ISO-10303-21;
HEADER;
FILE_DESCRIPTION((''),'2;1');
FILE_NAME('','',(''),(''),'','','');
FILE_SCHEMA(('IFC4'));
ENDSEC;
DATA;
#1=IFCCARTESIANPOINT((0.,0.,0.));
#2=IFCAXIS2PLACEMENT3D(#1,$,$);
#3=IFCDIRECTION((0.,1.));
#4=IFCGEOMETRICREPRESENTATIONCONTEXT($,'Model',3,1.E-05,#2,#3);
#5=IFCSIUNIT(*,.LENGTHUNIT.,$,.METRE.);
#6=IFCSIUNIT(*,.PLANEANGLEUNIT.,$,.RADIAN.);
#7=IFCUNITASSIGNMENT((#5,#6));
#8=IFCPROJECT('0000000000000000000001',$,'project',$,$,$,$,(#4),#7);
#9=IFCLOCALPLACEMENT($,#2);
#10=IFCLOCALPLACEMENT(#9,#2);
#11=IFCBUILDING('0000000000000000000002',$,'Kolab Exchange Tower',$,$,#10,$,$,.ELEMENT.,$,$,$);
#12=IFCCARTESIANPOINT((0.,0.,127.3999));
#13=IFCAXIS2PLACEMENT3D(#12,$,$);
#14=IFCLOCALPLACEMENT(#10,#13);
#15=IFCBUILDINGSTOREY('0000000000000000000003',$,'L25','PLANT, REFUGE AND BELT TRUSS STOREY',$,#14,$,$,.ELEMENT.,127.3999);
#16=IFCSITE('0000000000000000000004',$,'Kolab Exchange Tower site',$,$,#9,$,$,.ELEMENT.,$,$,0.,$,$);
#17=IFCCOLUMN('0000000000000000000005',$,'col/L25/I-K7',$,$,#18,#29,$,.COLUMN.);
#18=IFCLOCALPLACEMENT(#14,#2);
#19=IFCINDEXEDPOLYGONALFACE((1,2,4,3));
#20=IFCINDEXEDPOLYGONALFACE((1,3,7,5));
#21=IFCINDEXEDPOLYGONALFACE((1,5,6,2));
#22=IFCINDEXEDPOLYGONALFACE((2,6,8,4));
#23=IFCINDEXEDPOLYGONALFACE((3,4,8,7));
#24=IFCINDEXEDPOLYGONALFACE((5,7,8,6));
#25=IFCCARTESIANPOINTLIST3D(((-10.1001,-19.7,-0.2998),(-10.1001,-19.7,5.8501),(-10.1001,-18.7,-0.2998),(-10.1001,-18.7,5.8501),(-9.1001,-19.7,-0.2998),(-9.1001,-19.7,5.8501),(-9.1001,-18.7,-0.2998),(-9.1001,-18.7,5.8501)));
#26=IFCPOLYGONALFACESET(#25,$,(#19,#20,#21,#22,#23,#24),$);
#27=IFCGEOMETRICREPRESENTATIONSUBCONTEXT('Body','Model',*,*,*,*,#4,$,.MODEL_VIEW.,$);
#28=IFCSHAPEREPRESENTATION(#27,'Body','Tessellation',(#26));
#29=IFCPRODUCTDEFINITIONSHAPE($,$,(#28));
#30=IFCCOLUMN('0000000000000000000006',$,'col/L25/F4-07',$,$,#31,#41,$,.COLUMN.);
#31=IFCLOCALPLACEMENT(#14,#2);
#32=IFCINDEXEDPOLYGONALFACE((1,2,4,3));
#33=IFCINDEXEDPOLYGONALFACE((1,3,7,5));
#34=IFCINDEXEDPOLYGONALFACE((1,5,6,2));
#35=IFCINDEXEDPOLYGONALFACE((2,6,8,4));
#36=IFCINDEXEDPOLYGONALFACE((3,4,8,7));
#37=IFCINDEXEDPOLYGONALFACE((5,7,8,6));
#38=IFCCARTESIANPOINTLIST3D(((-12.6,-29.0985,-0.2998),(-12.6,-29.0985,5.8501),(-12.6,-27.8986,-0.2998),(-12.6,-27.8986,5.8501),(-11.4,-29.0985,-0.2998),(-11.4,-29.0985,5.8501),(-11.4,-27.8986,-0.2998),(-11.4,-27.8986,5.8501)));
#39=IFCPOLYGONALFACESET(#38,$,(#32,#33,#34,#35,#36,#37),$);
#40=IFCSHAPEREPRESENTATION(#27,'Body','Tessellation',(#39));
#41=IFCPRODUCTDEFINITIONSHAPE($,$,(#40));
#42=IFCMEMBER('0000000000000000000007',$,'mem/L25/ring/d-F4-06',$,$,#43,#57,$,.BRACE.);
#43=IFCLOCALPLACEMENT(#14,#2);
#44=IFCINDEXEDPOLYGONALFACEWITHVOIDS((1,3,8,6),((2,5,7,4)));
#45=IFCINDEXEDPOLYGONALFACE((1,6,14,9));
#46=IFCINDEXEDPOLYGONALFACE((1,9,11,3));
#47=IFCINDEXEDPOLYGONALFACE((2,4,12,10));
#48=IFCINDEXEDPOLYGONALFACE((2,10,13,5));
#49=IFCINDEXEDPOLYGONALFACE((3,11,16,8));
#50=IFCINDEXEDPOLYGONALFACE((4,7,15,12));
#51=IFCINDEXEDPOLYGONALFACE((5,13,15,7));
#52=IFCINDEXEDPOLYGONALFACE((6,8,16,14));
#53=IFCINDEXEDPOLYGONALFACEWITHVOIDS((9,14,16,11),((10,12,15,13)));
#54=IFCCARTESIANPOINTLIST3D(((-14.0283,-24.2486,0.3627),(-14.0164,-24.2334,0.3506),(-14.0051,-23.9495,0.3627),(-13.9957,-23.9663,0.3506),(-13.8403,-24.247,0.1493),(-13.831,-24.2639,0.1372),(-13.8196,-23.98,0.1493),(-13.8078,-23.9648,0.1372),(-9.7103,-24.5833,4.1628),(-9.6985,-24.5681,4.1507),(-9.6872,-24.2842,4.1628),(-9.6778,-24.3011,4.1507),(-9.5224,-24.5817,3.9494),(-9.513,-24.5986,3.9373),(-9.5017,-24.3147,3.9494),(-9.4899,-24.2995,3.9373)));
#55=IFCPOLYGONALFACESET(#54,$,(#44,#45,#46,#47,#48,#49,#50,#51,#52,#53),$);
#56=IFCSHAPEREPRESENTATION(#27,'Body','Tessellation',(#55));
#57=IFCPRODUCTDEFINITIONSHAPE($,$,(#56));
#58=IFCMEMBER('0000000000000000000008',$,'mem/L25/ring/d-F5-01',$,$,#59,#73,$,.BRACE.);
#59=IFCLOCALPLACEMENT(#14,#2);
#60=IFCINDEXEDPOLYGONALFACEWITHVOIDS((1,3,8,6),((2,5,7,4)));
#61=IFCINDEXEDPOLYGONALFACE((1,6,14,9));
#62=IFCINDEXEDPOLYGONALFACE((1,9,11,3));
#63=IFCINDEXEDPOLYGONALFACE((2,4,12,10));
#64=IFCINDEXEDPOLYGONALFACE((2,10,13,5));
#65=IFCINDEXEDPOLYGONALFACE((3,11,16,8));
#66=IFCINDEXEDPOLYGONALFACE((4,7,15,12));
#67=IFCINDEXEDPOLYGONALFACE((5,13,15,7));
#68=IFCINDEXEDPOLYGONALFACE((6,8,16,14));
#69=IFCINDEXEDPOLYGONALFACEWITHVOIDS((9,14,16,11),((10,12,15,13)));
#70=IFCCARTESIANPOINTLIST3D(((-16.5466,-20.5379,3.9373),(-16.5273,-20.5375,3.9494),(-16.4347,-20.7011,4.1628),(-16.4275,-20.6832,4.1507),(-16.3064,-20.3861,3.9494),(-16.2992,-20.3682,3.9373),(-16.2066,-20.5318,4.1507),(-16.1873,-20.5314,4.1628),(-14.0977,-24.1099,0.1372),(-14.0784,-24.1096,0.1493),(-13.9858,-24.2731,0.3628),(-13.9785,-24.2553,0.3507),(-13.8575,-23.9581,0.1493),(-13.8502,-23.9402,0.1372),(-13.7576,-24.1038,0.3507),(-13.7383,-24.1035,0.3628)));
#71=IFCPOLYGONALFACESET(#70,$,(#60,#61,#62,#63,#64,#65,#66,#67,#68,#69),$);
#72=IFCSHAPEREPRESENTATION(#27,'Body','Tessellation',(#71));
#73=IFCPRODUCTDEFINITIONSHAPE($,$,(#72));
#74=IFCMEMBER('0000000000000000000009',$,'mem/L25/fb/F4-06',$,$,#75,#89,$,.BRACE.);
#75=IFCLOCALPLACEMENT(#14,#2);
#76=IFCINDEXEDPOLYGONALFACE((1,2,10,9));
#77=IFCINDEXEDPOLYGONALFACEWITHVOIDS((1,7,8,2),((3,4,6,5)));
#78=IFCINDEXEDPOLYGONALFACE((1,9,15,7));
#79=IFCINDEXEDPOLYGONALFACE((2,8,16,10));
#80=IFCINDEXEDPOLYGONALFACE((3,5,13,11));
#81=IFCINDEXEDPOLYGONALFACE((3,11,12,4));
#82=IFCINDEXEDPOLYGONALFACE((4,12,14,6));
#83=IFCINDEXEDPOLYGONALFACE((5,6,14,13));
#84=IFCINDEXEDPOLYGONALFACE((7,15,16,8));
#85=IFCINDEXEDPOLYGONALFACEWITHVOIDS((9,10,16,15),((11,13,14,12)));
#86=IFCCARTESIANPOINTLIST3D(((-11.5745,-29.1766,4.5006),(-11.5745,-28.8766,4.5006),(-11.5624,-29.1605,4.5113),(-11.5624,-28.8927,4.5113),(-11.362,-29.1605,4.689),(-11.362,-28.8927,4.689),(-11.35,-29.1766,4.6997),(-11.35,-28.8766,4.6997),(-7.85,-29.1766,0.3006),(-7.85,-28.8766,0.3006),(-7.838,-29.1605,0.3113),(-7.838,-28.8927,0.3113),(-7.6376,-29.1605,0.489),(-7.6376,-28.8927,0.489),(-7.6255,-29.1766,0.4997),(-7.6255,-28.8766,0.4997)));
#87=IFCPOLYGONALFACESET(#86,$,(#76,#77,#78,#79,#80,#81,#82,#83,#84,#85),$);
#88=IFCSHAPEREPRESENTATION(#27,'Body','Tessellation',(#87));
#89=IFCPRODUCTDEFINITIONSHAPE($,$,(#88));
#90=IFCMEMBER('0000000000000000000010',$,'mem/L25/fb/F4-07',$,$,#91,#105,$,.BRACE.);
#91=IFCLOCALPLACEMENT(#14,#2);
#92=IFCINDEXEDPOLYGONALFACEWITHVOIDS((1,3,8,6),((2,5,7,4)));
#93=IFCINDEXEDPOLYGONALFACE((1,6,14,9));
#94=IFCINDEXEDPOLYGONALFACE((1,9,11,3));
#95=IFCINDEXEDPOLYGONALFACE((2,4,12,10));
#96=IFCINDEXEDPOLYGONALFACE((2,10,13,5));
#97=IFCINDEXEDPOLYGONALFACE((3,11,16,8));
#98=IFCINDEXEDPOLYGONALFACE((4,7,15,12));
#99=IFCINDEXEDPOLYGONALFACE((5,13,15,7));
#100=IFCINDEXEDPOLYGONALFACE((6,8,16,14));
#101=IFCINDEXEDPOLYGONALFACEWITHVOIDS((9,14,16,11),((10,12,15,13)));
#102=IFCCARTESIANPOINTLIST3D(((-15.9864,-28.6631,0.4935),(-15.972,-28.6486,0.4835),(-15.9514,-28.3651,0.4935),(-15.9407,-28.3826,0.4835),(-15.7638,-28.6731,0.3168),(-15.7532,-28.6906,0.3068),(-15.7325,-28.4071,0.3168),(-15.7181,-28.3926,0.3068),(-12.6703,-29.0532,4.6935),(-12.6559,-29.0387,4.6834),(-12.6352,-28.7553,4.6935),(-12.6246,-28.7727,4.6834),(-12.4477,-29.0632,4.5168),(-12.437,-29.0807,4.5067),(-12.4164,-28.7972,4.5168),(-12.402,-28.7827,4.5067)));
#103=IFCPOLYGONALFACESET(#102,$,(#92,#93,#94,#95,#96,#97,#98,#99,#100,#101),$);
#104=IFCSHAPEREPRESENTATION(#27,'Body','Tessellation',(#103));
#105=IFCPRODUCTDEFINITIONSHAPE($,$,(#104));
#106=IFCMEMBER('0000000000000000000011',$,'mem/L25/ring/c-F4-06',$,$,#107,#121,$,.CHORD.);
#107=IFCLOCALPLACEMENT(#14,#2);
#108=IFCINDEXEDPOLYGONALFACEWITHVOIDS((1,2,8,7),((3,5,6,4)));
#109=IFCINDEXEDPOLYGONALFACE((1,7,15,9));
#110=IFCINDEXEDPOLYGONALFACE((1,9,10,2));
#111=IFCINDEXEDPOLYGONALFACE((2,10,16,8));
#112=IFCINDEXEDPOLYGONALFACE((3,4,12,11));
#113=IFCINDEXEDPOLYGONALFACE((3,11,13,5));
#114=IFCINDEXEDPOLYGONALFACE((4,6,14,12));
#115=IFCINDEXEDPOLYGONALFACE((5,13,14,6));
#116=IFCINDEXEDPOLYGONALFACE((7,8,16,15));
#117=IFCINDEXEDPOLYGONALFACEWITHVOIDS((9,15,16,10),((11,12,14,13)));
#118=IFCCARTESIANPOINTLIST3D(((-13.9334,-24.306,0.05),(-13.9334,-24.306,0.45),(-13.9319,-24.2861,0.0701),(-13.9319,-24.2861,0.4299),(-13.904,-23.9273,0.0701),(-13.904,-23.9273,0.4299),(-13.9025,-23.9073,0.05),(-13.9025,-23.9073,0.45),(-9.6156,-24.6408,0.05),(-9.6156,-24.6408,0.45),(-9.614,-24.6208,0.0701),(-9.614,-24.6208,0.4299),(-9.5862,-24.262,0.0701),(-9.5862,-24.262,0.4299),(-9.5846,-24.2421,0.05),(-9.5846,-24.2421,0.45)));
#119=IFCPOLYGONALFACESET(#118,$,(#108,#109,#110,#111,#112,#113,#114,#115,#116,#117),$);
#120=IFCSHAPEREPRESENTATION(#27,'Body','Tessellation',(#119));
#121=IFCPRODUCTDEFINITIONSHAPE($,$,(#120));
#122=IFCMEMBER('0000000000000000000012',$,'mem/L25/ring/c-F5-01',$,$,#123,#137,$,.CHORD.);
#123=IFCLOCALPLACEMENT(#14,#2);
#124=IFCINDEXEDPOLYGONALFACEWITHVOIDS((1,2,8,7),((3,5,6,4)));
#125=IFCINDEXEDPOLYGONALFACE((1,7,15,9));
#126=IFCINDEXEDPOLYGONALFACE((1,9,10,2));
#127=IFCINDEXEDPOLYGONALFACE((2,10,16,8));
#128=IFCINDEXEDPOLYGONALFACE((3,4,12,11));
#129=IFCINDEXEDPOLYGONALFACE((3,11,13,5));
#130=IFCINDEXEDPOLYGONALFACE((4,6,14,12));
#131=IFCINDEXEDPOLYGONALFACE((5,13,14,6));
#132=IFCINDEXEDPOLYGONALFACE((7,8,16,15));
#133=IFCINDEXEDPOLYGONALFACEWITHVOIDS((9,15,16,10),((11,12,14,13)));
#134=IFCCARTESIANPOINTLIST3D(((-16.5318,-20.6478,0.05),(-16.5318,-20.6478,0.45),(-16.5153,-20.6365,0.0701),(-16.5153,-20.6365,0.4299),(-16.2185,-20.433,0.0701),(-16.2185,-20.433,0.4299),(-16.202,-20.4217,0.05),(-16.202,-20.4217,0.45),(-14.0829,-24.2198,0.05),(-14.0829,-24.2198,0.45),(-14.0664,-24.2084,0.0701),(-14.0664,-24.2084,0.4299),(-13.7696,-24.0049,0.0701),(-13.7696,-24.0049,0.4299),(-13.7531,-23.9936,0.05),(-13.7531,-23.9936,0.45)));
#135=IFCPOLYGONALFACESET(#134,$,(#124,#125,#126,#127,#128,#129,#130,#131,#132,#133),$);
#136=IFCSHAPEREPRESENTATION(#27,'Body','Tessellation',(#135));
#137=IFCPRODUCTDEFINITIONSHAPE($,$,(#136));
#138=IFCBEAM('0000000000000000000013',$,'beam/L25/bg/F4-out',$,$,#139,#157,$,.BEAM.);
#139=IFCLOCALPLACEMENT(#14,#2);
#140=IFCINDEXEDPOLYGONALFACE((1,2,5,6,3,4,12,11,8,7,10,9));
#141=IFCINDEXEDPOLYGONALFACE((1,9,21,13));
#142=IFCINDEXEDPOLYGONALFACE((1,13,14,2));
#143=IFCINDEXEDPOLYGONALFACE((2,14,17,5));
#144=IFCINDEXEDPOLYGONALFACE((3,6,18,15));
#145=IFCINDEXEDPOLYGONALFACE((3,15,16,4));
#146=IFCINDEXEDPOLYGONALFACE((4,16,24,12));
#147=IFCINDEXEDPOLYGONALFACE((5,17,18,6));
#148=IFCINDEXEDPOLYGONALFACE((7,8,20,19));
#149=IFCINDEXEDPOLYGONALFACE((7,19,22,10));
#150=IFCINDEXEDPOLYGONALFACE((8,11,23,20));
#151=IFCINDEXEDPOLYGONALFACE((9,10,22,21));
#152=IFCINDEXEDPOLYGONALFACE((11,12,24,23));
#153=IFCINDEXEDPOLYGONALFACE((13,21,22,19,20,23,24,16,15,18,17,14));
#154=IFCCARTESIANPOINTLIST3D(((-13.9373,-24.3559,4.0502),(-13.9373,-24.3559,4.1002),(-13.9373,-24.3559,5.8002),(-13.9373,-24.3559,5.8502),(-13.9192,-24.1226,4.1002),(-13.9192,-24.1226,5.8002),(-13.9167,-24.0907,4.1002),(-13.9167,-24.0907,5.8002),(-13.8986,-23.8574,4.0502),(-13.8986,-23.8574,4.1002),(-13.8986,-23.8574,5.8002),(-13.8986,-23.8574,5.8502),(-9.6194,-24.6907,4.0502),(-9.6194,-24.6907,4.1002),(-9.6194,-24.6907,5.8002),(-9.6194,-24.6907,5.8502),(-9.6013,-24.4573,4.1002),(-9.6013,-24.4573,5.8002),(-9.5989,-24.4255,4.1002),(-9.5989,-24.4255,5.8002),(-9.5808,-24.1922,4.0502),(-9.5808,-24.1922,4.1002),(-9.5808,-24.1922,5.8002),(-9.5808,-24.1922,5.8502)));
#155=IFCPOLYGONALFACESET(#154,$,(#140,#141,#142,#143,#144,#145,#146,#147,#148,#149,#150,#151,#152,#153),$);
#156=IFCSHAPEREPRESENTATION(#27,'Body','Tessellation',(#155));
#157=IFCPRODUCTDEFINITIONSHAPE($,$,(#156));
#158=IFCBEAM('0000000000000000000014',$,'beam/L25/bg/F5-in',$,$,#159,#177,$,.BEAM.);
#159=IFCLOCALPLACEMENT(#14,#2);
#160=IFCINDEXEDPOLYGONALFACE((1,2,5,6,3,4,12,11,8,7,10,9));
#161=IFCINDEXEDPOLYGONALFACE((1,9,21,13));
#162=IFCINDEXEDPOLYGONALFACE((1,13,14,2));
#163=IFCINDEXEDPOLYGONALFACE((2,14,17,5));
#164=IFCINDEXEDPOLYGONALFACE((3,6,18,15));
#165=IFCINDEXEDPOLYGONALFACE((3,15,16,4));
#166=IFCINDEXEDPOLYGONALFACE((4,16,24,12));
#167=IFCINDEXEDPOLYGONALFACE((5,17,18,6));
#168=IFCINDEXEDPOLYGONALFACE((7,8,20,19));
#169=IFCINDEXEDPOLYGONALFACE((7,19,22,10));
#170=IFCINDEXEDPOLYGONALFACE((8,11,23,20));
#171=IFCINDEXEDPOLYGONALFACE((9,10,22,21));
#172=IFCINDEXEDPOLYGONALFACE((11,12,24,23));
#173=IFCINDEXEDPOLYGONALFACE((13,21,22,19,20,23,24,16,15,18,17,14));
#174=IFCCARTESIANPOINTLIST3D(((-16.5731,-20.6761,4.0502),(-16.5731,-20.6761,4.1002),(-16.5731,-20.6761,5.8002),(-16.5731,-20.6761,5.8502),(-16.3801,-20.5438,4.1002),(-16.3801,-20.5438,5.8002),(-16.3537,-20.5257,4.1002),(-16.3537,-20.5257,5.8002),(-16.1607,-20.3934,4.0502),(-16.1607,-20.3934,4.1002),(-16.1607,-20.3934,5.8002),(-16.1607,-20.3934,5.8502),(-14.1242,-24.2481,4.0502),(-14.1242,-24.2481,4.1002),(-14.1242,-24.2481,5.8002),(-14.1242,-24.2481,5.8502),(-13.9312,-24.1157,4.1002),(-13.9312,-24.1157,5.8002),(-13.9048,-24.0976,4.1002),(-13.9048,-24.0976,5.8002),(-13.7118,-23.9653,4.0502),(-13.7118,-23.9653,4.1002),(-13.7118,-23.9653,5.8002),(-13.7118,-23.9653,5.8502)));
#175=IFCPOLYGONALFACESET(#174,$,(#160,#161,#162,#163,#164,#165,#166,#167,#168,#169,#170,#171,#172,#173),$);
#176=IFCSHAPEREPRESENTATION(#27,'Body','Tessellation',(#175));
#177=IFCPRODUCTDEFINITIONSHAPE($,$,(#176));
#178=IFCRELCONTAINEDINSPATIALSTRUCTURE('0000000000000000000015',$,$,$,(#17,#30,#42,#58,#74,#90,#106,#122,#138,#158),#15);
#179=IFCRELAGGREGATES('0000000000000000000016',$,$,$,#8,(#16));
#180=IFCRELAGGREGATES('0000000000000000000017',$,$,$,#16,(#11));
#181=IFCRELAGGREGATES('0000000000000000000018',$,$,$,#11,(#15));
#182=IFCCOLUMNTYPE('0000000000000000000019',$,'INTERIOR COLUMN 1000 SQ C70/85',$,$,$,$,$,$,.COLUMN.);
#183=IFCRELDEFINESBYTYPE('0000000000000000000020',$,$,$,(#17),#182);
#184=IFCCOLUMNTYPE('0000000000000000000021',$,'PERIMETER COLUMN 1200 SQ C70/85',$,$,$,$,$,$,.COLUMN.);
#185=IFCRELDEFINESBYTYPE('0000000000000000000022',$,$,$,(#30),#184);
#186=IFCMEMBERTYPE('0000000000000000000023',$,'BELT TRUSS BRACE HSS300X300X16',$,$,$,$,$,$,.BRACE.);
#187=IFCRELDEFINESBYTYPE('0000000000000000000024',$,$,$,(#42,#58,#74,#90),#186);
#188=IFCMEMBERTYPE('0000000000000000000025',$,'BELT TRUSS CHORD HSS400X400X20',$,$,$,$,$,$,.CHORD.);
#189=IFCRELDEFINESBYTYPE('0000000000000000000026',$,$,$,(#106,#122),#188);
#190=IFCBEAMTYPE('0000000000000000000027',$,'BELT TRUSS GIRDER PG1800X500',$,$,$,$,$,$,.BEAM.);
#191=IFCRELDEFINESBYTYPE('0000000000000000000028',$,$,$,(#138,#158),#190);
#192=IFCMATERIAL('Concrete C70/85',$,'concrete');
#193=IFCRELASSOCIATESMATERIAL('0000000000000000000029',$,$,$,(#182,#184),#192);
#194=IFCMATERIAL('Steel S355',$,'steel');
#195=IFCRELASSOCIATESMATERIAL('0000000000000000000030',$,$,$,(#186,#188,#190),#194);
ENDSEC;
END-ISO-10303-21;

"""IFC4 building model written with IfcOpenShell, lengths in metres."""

from ifc_helpers import new_model, si_unit, direction, frame, origin, origin_2d, place, context, subcontext, project, spatial, rectangle, hollow_rectangle, i_section, extrude, material, material_profile, profile_set, type_object, element, save


model = new_model("IFC4")

# Units and contexts
model_context = context("Model", 3, precision=1e-05, world=origin(), true_north=direction((0.0, 1.0)))
body_context = subcontext(model_context, "Body", "Model", "MODEL_VIEW")
ifc_project = project(units=[si_unit("LENGTHUNIT", "METRE"), si_unit("PLANEANGLEUNIT", "RADIAN")], contexts=[model_context])

# Site, building, storey
site_placement = place(None, origin())
site = spatial("IfcSite", under=ifc_project, at=site_placement, Name="Kolab Exchange Tower site", CompositionType="ELEMENT", RefElevation=0.0)
building_placement = place(site_placement, origin())
building = spatial("IfcBuilding", under=site, at=building_placement, Name="Kolab Exchange Tower", CompositionType="ELEMENT")
storey_placement = place(building_placement, frame((0.0, 0.0, 127.3999)))
storey = spatial("IfcBuildingStorey", under=building, at=storey_placement, Name="L25", Description="PLANT, REFUGE AND BELT TRUSS STOREY", CompositionType="ELEMENT", Elevation=127.3999)

# Columns
ifc_material_1 = material(Name="Concrete C70/85", Category="concrete")
ifc_material_profile_1 = material_profile(ifc_material_1, rectangle(XDim=1.0, YDim=1.0, at=origin_2d()), Name="RC1000")
ifc_profile_set_1 = profile_set([ifc_material_profile_1], Name="Concrete C70/85")
column_type_1 = type_object("IfcColumnType", Name="INTERIOR COLUMN 1000 SQ C70/85", PredefinedType="COLUMN", material=ifc_profile_set_1)
column_1_placement = place(storey_placement, frame((-9.6001, -19.2, -0.2998), z_axis=(0.0, 0.0, 1.0), x_axis=(1.0, 0.0, 0.0)))
element("IfcColumn", 1, at=column_1_placement, inside=storey, type_object=column_type_1, Name="col/L25/I-K7", PredefinedType="COLUMN", context=body_context, shape_type="SweptSolid", body=[
    extrude(rectangle(XDim=1.0, YDim=1.0, at=origin_2d()), origin(), (0.0, 0.0, 1.0), 6.1499),
])
ifc_material_profile_2 = material_profile(ifc_material_1, rectangle(XDim=1.2, YDim=1.2, at=origin_2d()), Name="RC1200")
ifc_profile_set_2 = profile_set([ifc_material_profile_2], Name="Concrete C70/85")
column_type_2 = type_object("IfcColumnType", Name="PERIMETER COLUMN 1200 SQ C70/85", PredefinedType="COLUMN", material=ifc_profile_set_2)
column_2_placement = place(storey_placement, frame((-12.0, -28.4985, -0.2998), z_axis=(0.0, 0.0, 1.0), x_axis=(1.0, 0.0, 0.0)))
element("IfcColumn", 2, at=column_2_placement, inside=storey, type_object=column_type_2, Name="col/L25/F4-07", PredefinedType="COLUMN", context=body_context, shape_type="SweptSolid", body=[
    extrude(rectangle(XDim=1.2, YDim=1.2, at=origin_2d()), origin(), (0.0, 0.0, 1.0), 6.1499),
])

# Members
ifc_material_2 = material(Name="Steel S355", Category="steel")
ifc_material_profile_3 = material_profile(ifc_material_2, hollow_rectangle(XDim=0.3, YDim=0.3, WallThickness=0.0161, at=origin_2d()), Name="HSS300X300X16")
ifc_profile_set_3 = profile_set([ifc_material_profile_3], Name="Steel S355")
member_type_1 = type_object("IfcMemberType", Name="BELT TRUSS BRACE HSS300X300X16", PredefinedType="BRACE", material=ifc_profile_set_3)
for number, where, z_axis, x_axis, name in (
    (3, (-9.6001, -24.4414, 4.05), (-0.749418, 0.058094, -0.659544), (-0.077287, -0.997009, 0.0), "mem/L25/ring/d-F4-06"),
    (4, (-13.918, -24.1067, 0.25), (-0.425044, 0.61996, 0.659536), (-0.824773, -0.565464, 0.0), "mem/L25/ring/d-F5-01"),
):
    element("IfcMember", number, at=place(storey_placement, frame(where, z_axis=z_axis, x_axis=x_axis)), inside=storey, type_object=member_type_1, Name=name, PredefinedType="BRACE", context=body_context, shape_type="SweptSolid", body=[
        extrude(hollow_rectangle(XDim=0.3, YDim=0.3, WallThickness=0.0161, at=origin_2d()), origin(), (0.0, 0.0, 1.0), 5.7617),
    ])
member_1_placement = place(storey_placement, frame((-7.7378, -29.0266, 0.4001), z_axis=(-0.663475, 0.0, 0.748198), x_axis=(0.0, -1.0, 0.0)))
element("IfcMember", 5, at=member_1_placement, inside=storey, type_object=member_type_1, Name="mem/L25/fb/F4-06", PredefinedType="BRACE", context=body_context, shape_type="SweptSolid", body=[
    extrude(hollow_rectangle(XDim=0.3, YDim=0.3, WallThickness=0.0161, at=origin_2d()), origin(), (0.0, 0.0, 1.0), 5.6135),
])
member_2_placement = place(storey_placement, frame((-12.5361, -28.918, 4.6001), z_axis=(-0.618051, 0.072712, -0.782768), x_axis=(-0.116841, -0.993151, 0.0)))
element("IfcMember", 6, at=member_2_placement, inside=storey, type_object=member_type_1, Name="mem/L25/fb/F4-07", PredefinedType="BRACE", context=body_context, shape_type="SweptSolid", body=[
    extrude(hollow_rectangle(XDim=0.3, YDim=0.3, WallThickness=0.0161, at=origin_2d()), origin(), (0.0, 0.0, 1.0), 5.3655),
])
ifc_material_profile_4 = material_profile(ifc_material_2, hollow_rectangle(XDim=0.3999, YDim=0.3999, WallThickness=0.02, at=origin_2d()), Name="HSS400X400X20")
ifc_profile_set_4 = profile_set([ifc_material_profile_4], Name="Steel S355")
member_type_2 = type_object("IfcMemberType", Name="BELT TRUSS CHORD HSS400X400X20", PredefinedType="CHORD", material=ifc_profile_set_4)
for number, where, z_axis, x_axis, name in (
    (7, (-9.6001, -24.4414, 0.25), (-0.997009, 0.077287, 0.0), (-0.077287, -0.997009, 0.0), "mem/L25/ring/c-F4-06"),
    (8, (-13.918, -24.1067, 0.25), (-0.565464, 0.824773, 0.0), (-0.824773, -0.565464, 0.0), "mem/L25/ring/c-F5-01"),
):
    element("IfcMember", number, at=place(storey_placement, frame(where, z_axis=z_axis, x_axis=x_axis)), inside=storey, type_object=member_type_2, Name=name, PredefinedType="CHORD", context=body_context, shape_type="SweptSolid", body=[
        extrude(hollow_rectangle(XDim=0.3999, YDim=0.3999, WallThickness=0.02, at=origin_2d()), origin(), (0.0, 0.0, 1.0), 4.3308),
    ])

# Beams
ifc_material_profile_5 = material_profile(ifc_material_2, i_section(OverallWidth=0.5, OverallDepth=1.8, WebThickness=0.032, FlangeThickness=0.05, at=origin_2d()), Name="PG1800X500")
ifc_profile_set_5 = profile_set([ifc_material_profile_5], Name="Steel S355")
beam_type_1 = type_object("IfcBeamType", Name="BELT TRUSS GIRDER PG1800X500", PredefinedType="BEAM", material=ifc_profile_set_5)
for number, where, z_axis, x_axis, name in (
    (9, (-9.6001, -24.4414, 4.9502), (-0.997009, 0.077287, 0.0), (-0.077287, -0.997009, 0.0), "beam/L25/bg/F4-out"),
    (10, (-13.918, -24.1067, 4.9502), (-0.565464, 0.824773, 0.0), (-0.824773, -0.565464, 0.0), "beam/L25/bg/F5-in"),
):
    element("IfcBeam", number, at=place(storey_placement, frame(where, z_axis=z_axis, x_axis=x_axis)), inside=storey, type_object=beam_type_1, Name=name, PredefinedType="BEAM", context=body_context, shape_type="SweptSolid", body=[
        extrude(i_section(OverallWidth=0.5, OverallDepth=1.8, WebThickness=0.032, FlangeThickness=0.05, at=origin_2d()), origin(), (0.0, 0.0, 1.0), 4.3308),
    ])

save(model, "model.ifc")
